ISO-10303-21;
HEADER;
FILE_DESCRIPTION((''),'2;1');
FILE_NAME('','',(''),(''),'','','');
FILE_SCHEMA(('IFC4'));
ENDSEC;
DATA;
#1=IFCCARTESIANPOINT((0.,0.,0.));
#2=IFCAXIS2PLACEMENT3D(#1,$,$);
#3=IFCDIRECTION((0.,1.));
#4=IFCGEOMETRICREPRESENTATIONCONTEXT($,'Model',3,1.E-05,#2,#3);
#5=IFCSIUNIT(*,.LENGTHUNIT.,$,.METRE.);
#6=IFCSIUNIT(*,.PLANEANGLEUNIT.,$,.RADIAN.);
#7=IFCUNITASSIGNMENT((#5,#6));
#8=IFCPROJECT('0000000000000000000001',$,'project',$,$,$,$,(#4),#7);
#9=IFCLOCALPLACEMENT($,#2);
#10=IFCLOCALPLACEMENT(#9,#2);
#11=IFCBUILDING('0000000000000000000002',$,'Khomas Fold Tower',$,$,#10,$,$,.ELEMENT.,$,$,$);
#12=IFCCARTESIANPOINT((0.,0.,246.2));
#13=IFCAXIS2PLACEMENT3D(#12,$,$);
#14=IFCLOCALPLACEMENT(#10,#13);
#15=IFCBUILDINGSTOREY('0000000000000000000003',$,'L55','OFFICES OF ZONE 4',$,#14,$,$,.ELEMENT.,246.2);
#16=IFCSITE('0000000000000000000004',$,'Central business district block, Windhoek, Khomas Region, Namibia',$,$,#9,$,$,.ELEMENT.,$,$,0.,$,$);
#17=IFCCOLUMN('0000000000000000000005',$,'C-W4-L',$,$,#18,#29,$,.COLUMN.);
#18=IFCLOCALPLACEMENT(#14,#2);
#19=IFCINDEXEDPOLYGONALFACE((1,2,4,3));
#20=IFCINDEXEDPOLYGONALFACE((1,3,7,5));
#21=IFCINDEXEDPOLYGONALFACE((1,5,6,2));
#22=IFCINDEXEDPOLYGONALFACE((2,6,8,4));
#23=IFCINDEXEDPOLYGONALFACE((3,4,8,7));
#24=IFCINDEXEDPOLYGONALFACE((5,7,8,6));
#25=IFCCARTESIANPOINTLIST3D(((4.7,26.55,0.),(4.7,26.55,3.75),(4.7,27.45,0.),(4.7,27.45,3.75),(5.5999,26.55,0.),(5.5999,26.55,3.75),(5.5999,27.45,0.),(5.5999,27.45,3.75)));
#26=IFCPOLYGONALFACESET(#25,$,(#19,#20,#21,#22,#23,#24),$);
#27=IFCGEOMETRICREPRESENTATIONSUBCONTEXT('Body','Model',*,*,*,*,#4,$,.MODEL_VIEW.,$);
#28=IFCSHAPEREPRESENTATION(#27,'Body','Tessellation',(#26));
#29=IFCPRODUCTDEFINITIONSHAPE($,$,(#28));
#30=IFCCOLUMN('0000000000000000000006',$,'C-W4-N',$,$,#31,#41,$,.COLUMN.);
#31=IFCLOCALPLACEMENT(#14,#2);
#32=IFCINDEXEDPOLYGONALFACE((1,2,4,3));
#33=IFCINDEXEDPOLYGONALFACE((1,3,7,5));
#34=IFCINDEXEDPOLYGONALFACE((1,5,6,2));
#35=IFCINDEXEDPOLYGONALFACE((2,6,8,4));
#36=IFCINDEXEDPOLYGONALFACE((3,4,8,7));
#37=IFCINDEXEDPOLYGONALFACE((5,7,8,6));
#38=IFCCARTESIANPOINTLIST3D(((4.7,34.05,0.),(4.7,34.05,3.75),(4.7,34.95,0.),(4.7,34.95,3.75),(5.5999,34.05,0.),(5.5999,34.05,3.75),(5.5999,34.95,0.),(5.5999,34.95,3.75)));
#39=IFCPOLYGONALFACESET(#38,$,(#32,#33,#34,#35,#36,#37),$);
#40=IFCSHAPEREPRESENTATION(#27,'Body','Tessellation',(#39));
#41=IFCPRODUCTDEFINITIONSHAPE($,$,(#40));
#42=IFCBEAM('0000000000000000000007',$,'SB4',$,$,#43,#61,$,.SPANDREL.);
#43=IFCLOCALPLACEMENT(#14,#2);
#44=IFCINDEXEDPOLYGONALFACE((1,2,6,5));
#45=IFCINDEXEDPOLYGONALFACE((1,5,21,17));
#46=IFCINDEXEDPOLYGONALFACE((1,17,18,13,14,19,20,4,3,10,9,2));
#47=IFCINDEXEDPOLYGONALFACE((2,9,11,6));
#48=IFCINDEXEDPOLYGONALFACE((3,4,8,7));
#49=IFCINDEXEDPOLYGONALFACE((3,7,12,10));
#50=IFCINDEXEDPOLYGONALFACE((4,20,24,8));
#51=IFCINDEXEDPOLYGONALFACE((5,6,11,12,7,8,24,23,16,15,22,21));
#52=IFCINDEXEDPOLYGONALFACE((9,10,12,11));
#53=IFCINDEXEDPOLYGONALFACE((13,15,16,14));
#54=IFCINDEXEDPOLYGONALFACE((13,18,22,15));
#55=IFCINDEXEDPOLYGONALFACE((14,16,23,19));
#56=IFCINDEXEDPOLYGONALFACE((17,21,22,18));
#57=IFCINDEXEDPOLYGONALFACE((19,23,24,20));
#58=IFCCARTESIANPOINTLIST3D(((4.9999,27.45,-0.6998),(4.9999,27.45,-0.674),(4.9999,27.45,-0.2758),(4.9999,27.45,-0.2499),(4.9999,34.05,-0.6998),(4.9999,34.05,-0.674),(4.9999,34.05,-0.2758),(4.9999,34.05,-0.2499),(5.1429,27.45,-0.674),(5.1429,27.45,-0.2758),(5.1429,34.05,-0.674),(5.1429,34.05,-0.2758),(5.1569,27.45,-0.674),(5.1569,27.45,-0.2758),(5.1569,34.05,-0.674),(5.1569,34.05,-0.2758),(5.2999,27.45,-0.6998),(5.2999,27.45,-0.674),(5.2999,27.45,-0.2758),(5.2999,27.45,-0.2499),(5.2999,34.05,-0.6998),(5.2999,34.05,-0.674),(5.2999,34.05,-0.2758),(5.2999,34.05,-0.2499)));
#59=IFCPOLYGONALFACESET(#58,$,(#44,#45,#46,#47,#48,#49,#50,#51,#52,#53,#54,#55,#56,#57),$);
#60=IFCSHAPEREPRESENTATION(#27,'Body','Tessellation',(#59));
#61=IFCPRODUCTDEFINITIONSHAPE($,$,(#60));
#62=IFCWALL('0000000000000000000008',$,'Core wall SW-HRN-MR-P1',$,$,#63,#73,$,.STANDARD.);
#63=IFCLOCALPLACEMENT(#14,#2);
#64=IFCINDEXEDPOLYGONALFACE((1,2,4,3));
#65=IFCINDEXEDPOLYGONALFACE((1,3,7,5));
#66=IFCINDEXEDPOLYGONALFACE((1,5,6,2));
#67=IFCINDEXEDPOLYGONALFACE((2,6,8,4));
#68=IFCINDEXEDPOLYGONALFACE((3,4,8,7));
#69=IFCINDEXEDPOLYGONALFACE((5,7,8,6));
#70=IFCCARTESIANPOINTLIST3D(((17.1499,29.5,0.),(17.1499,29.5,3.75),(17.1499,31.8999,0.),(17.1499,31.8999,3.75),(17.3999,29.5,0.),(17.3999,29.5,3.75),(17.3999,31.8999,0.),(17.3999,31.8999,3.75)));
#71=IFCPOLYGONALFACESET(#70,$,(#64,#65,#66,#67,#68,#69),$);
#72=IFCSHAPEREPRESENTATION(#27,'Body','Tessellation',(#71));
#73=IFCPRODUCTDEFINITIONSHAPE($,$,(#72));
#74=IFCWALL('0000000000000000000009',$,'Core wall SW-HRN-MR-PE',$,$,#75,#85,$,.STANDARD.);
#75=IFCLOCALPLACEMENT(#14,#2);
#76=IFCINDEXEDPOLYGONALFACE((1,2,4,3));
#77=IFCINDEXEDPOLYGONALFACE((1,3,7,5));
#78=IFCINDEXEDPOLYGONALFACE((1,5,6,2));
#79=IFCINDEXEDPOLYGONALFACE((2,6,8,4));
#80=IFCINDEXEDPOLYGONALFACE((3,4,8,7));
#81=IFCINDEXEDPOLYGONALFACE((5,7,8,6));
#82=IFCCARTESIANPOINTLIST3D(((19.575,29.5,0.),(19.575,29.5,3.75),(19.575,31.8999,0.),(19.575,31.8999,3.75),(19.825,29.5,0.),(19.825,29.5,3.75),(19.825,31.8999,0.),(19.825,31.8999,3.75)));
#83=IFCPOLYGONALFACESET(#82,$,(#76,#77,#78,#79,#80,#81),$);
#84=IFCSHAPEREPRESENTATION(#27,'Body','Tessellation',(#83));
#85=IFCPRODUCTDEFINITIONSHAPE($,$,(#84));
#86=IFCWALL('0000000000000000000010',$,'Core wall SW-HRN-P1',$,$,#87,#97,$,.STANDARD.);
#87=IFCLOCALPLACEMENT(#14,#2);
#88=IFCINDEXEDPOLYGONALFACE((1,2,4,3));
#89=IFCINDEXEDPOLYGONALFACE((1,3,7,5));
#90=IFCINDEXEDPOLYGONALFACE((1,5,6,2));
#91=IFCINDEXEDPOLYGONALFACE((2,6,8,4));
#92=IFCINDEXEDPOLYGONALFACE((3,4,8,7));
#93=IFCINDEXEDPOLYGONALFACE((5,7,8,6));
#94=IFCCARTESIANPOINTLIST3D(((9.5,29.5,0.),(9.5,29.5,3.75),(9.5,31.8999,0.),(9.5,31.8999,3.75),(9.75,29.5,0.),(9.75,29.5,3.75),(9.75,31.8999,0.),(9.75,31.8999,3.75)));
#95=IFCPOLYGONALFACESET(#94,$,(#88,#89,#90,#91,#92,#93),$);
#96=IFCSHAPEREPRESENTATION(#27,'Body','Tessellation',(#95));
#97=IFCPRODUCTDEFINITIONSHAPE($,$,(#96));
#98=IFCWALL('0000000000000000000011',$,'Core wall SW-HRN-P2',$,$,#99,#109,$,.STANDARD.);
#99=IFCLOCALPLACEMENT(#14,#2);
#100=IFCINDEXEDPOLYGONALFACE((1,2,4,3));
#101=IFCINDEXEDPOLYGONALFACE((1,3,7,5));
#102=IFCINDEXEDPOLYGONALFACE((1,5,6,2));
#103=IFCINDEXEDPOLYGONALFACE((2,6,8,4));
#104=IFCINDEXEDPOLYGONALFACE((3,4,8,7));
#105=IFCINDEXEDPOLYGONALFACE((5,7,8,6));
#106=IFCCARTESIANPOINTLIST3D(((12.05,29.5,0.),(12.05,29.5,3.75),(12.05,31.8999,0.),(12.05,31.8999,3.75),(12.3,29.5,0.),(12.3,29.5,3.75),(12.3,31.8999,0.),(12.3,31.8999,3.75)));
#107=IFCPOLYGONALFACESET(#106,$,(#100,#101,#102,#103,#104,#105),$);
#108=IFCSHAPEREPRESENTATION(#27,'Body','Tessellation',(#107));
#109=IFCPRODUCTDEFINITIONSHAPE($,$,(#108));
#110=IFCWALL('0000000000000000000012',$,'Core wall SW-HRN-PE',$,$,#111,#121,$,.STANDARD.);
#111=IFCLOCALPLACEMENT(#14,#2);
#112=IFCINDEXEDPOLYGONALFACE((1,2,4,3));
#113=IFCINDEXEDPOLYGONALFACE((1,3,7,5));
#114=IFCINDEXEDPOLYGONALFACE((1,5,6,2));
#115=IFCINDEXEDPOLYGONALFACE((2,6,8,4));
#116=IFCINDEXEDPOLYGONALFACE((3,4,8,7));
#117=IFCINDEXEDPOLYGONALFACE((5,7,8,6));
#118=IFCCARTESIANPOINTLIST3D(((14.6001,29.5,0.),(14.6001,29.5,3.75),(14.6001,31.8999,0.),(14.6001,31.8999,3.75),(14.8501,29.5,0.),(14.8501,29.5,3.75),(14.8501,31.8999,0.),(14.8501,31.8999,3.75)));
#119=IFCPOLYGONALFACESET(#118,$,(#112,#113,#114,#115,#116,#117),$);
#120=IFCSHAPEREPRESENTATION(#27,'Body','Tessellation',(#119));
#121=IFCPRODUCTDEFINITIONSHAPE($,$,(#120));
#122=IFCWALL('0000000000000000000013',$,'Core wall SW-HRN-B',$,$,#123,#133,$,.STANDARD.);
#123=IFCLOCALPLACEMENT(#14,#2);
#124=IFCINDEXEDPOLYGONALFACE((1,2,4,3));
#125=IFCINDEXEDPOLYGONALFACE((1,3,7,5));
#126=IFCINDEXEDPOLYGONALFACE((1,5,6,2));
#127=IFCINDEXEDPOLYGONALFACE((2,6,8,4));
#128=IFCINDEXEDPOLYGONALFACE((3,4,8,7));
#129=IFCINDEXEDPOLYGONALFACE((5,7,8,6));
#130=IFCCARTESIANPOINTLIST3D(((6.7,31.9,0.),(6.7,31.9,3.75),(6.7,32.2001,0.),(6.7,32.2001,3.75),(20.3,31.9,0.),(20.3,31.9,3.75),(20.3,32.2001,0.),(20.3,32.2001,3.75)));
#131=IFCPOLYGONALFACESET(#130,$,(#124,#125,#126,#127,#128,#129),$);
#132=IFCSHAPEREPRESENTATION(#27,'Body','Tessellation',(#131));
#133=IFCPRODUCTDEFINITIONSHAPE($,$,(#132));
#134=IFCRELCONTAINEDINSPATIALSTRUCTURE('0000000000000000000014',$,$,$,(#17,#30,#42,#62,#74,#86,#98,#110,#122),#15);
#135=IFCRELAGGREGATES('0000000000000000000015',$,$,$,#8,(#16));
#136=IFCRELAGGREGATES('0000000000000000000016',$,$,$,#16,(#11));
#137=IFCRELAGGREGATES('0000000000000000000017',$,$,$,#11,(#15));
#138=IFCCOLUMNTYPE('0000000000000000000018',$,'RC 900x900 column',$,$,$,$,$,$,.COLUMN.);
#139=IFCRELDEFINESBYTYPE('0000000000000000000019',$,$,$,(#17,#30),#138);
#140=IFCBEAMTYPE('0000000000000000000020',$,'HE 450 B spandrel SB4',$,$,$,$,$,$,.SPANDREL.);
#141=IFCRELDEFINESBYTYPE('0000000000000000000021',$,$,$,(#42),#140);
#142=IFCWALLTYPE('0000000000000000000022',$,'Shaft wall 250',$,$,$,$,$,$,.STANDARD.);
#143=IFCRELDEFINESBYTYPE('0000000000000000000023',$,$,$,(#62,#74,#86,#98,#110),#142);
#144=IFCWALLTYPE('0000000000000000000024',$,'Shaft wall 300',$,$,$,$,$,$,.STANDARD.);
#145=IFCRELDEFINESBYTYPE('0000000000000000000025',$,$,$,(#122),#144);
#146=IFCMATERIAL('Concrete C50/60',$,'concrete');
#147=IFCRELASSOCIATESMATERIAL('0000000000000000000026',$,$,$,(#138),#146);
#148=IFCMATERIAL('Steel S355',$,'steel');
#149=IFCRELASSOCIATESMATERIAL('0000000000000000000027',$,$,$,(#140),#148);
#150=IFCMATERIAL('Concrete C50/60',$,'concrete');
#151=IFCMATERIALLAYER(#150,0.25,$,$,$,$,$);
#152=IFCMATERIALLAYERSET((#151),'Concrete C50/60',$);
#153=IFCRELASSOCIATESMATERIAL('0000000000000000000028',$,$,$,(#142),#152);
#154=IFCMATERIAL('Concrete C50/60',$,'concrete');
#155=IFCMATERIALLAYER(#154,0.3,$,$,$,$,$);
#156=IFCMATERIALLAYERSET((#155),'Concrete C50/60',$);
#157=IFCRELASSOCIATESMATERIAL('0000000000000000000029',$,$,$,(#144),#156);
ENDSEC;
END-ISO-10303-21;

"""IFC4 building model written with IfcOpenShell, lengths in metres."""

from ifc_helpers import new_model, si_unit, direction, frame, frame_2d, origin, origin_2d, place, context, subcontext, project, spatial, rectangle, i_section, extrude, source, transform, mapped, material, layer, layer_set, material_profile, profile_set, type_object, element, save


model = new_model("IFC4")

# Units and contexts
model_context = context("Model", 3, precision=1e-05, world=origin(), true_north=direction((0.0, 1.0)))
body_context = subcontext(model_context, "Body", "Model", "MODEL_VIEW")
ifc_project = project(units=[si_unit("LENGTHUNIT", "METRE"), si_unit("PLANEANGLEUNIT", "RADIAN")], contexts=[model_context])

# Site, building, storey
site_placement = place(None, origin())
site = spatial("IfcSite", under=ifc_project, at=site_placement, Name="Central business district block, Windhoek, Khomas Region, Namibia", CompositionType="ELEMENT", RefElevation=0.0)
building_placement = place(site_placement, origin())
building = spatial("IfcBuilding", under=site, at=building_placement, Name="Khomas Fold Tower", CompositionType="ELEMENT")
storey_placement = place(building_placement, frame((0.0, 0.0, 246.2)))
storey = spatial("IfcBuildingStorey", under=building, at=storey_placement, Name="L55", Description="OFFICES OF ZONE 4", CompositionType="ELEMENT", Elevation=246.2)

# Columns
ifc_material_1 = material(Name="Concrete C50/60", Category="concrete")
ifc_material_profile_1 = material_profile(ifc_material_1, rectangle(XDim=0.8999, YDim=0.8999, at=origin_2d()), Name="RC 900x900")
ifc_profile_set_1 = profile_set([ifc_material_profile_1], Name="Concrete C50/60")
column_type = type_object("IfcColumnType", Name="RC 900x900 column", PredefinedType="COLUMN", material=ifc_profile_set_1)
shared_shape_1 = source(origin(), body_context, "Body", "SweptSolid", [
    extrude(rectangle(XDim=0.8999, YDim=0.8999, at=origin_2d()), origin(), (0.0, 0.0, 1.0), 3.75),
])
for number, where, z_axis, x_axis, name in (
    (1, (5.1499, 27.0, 0.0), (0.0, 0.0, 1.0), (1.0, 0.0, 0.0), "C-W4-L"),
    (2, (5.1499, 34.5, 0.0), (0.0, 0.0, 1.0), (1.0, 0.0, 0.0), "C-W4-N"),
):
    element("IfcColumn", number, at=place(storey_placement, frame(where, z_axis=z_axis, x_axis=x_axis)), inside=storey, type_object=column_type, Name=name, PredefinedType="COLUMN", context=body_context, shape_type="MappedRepresentation", body=[
        mapped(shared_shape_1, transform((0.0, 0.0, 0.0))),
    ])

# Beam
ifc_material_2 = material(Name="Steel S355", Category="steel")
ifc_material_profile_2 = material_profile(ifc_material_2, i_section(OverallWidth=0.3, OverallDepth=0.45, WebThickness=0.0139, FlangeThickness=0.0259, at=origin_2d()), Name="HE 450 B")
ifc_profile_set_2 = profile_set([ifc_material_profile_2], Name="Steel S355")
beam_type = type_object("IfcBeamType", Name="HE 450 B spandrel SB4", PredefinedType="SPANDREL", material=ifc_profile_set_2)
shared_shape_2 = source(origin(), body_context, "Body", "SweptSolid", [
    extrude(i_section(OverallWidth=0.3, OverallDepth=0.45, WebThickness=0.0139, FlangeThickness=0.0259, at=origin_2d()), origin(), (0.0, 0.0, 1.0), 6.6001),
])
beam_placement = place(storey_placement, frame((5.1499, 27.45, -0.4749), z_axis=(0.0, 1.0, 0.0), x_axis=(-1.0, 0.0, 0.0)))
element("IfcBeam", 3, at=beam_placement, inside=storey, type_object=beam_type, Name="SB4", PredefinedType="SPANDREL", context=body_context, shape_type="MappedRepresentation", body=[
    mapped(shared_shape_2, transform((0.0, 0.0, 0.0))),
])

# Walls
ifc_material_3 = material(Name="Concrete C50/60", Category="concrete")
ifc_layer_1 = layer(ifc_material_3, 0.25)
ifc_layer_set_1 = layer_set([ifc_layer_1], Name="Concrete C50/60")
wall_type_1 = type_object("IfcWallType", Name="Shaft wall 250", PredefinedType="STANDARD", material=ifc_layer_set_1)
shared_shape_3 = source(origin(), body_context, "Body", "SweptSolid", [
    extrude(rectangle(XDim=2.3999, YDim=0.25, at=frame_2d((1.2, 0.0))), origin(), (0.0, 0.0, 1.0), 3.75),
])
for number, where, z_axis, x_axis, name in (
    (4, (17.2749, 29.5, 0.0), (0.0, 0.0, 1.0), (0.0, 1.0, 0.0), "Core wall SW-HRN-MR-P1"),
    (5, (19.7, 29.5, 0.0), (0.0, 0.0, 1.0), (0.0, 1.0, 0.0), "Core wall SW-HRN-MR-PE"),
    (6, (9.625, 29.5, 0.0), (0.0, 0.0, 1.0), (0.0, 1.0, 0.0), "Core wall SW-HRN-P1"),
    (7, (12.175, 29.5, 0.0), (0.0, 0.0, 1.0), (0.0, 1.0, 0.0), "Core wall SW-HRN-P2"),
    (8, (14.7251, 29.5, 0.0), (0.0, 0.0, 1.0), (0.0, 1.0, 0.0), "Core wall SW-HRN-PE"),
):
    element("IfcWall", number, at=place(storey_placement, frame(where, z_axis=z_axis, x_axis=x_axis)), inside=storey, type_object=wall_type_1, Name=name, PredefinedType="STANDARD", context=body_context, shape_type="MappedRepresentation", body=[
        mapped(shared_shape_3, transform((0.0, 0.0, 0.0))),
    ])
ifc_material_4 = material(Name="Concrete C50/60", Category="concrete")
ifc_layer_2 = layer(ifc_material_4, 0.3)
ifc_layer_set_2 = layer_set([ifc_layer_2], Name="Concrete C50/60")
wall_type_2 = type_object("IfcWallType", Name="Shaft wall 300", PredefinedType="STANDARD", material=ifc_layer_set_2)
shared_shape_4 = source(origin(), body_context, "Body", "SweptSolid", [
    extrude(rectangle(XDim=13.6001, YDim=0.3, at=frame_2d((6.8, 0.0))), origin(), (0.0, 0.0, 1.0), 3.75),
])
wall_1_placement = place(storey_placement, frame((6.7, 32.05, 0.0), z_axis=(0.0, 0.0, 1.0), x_axis=(1.0, 0.0, 0.0)))
element("IfcWall", 9, at=wall_1_placement, inside=storey, type_object=wall_type_2, Name="Core wall SW-HRN-B", PredefinedType="STANDARD", context=body_context, shape_type="MappedRepresentation", body=[
    mapped(shared_shape_4, transform((0.0, 0.0, 0.0))),
])

save(model, "model.ifc")
